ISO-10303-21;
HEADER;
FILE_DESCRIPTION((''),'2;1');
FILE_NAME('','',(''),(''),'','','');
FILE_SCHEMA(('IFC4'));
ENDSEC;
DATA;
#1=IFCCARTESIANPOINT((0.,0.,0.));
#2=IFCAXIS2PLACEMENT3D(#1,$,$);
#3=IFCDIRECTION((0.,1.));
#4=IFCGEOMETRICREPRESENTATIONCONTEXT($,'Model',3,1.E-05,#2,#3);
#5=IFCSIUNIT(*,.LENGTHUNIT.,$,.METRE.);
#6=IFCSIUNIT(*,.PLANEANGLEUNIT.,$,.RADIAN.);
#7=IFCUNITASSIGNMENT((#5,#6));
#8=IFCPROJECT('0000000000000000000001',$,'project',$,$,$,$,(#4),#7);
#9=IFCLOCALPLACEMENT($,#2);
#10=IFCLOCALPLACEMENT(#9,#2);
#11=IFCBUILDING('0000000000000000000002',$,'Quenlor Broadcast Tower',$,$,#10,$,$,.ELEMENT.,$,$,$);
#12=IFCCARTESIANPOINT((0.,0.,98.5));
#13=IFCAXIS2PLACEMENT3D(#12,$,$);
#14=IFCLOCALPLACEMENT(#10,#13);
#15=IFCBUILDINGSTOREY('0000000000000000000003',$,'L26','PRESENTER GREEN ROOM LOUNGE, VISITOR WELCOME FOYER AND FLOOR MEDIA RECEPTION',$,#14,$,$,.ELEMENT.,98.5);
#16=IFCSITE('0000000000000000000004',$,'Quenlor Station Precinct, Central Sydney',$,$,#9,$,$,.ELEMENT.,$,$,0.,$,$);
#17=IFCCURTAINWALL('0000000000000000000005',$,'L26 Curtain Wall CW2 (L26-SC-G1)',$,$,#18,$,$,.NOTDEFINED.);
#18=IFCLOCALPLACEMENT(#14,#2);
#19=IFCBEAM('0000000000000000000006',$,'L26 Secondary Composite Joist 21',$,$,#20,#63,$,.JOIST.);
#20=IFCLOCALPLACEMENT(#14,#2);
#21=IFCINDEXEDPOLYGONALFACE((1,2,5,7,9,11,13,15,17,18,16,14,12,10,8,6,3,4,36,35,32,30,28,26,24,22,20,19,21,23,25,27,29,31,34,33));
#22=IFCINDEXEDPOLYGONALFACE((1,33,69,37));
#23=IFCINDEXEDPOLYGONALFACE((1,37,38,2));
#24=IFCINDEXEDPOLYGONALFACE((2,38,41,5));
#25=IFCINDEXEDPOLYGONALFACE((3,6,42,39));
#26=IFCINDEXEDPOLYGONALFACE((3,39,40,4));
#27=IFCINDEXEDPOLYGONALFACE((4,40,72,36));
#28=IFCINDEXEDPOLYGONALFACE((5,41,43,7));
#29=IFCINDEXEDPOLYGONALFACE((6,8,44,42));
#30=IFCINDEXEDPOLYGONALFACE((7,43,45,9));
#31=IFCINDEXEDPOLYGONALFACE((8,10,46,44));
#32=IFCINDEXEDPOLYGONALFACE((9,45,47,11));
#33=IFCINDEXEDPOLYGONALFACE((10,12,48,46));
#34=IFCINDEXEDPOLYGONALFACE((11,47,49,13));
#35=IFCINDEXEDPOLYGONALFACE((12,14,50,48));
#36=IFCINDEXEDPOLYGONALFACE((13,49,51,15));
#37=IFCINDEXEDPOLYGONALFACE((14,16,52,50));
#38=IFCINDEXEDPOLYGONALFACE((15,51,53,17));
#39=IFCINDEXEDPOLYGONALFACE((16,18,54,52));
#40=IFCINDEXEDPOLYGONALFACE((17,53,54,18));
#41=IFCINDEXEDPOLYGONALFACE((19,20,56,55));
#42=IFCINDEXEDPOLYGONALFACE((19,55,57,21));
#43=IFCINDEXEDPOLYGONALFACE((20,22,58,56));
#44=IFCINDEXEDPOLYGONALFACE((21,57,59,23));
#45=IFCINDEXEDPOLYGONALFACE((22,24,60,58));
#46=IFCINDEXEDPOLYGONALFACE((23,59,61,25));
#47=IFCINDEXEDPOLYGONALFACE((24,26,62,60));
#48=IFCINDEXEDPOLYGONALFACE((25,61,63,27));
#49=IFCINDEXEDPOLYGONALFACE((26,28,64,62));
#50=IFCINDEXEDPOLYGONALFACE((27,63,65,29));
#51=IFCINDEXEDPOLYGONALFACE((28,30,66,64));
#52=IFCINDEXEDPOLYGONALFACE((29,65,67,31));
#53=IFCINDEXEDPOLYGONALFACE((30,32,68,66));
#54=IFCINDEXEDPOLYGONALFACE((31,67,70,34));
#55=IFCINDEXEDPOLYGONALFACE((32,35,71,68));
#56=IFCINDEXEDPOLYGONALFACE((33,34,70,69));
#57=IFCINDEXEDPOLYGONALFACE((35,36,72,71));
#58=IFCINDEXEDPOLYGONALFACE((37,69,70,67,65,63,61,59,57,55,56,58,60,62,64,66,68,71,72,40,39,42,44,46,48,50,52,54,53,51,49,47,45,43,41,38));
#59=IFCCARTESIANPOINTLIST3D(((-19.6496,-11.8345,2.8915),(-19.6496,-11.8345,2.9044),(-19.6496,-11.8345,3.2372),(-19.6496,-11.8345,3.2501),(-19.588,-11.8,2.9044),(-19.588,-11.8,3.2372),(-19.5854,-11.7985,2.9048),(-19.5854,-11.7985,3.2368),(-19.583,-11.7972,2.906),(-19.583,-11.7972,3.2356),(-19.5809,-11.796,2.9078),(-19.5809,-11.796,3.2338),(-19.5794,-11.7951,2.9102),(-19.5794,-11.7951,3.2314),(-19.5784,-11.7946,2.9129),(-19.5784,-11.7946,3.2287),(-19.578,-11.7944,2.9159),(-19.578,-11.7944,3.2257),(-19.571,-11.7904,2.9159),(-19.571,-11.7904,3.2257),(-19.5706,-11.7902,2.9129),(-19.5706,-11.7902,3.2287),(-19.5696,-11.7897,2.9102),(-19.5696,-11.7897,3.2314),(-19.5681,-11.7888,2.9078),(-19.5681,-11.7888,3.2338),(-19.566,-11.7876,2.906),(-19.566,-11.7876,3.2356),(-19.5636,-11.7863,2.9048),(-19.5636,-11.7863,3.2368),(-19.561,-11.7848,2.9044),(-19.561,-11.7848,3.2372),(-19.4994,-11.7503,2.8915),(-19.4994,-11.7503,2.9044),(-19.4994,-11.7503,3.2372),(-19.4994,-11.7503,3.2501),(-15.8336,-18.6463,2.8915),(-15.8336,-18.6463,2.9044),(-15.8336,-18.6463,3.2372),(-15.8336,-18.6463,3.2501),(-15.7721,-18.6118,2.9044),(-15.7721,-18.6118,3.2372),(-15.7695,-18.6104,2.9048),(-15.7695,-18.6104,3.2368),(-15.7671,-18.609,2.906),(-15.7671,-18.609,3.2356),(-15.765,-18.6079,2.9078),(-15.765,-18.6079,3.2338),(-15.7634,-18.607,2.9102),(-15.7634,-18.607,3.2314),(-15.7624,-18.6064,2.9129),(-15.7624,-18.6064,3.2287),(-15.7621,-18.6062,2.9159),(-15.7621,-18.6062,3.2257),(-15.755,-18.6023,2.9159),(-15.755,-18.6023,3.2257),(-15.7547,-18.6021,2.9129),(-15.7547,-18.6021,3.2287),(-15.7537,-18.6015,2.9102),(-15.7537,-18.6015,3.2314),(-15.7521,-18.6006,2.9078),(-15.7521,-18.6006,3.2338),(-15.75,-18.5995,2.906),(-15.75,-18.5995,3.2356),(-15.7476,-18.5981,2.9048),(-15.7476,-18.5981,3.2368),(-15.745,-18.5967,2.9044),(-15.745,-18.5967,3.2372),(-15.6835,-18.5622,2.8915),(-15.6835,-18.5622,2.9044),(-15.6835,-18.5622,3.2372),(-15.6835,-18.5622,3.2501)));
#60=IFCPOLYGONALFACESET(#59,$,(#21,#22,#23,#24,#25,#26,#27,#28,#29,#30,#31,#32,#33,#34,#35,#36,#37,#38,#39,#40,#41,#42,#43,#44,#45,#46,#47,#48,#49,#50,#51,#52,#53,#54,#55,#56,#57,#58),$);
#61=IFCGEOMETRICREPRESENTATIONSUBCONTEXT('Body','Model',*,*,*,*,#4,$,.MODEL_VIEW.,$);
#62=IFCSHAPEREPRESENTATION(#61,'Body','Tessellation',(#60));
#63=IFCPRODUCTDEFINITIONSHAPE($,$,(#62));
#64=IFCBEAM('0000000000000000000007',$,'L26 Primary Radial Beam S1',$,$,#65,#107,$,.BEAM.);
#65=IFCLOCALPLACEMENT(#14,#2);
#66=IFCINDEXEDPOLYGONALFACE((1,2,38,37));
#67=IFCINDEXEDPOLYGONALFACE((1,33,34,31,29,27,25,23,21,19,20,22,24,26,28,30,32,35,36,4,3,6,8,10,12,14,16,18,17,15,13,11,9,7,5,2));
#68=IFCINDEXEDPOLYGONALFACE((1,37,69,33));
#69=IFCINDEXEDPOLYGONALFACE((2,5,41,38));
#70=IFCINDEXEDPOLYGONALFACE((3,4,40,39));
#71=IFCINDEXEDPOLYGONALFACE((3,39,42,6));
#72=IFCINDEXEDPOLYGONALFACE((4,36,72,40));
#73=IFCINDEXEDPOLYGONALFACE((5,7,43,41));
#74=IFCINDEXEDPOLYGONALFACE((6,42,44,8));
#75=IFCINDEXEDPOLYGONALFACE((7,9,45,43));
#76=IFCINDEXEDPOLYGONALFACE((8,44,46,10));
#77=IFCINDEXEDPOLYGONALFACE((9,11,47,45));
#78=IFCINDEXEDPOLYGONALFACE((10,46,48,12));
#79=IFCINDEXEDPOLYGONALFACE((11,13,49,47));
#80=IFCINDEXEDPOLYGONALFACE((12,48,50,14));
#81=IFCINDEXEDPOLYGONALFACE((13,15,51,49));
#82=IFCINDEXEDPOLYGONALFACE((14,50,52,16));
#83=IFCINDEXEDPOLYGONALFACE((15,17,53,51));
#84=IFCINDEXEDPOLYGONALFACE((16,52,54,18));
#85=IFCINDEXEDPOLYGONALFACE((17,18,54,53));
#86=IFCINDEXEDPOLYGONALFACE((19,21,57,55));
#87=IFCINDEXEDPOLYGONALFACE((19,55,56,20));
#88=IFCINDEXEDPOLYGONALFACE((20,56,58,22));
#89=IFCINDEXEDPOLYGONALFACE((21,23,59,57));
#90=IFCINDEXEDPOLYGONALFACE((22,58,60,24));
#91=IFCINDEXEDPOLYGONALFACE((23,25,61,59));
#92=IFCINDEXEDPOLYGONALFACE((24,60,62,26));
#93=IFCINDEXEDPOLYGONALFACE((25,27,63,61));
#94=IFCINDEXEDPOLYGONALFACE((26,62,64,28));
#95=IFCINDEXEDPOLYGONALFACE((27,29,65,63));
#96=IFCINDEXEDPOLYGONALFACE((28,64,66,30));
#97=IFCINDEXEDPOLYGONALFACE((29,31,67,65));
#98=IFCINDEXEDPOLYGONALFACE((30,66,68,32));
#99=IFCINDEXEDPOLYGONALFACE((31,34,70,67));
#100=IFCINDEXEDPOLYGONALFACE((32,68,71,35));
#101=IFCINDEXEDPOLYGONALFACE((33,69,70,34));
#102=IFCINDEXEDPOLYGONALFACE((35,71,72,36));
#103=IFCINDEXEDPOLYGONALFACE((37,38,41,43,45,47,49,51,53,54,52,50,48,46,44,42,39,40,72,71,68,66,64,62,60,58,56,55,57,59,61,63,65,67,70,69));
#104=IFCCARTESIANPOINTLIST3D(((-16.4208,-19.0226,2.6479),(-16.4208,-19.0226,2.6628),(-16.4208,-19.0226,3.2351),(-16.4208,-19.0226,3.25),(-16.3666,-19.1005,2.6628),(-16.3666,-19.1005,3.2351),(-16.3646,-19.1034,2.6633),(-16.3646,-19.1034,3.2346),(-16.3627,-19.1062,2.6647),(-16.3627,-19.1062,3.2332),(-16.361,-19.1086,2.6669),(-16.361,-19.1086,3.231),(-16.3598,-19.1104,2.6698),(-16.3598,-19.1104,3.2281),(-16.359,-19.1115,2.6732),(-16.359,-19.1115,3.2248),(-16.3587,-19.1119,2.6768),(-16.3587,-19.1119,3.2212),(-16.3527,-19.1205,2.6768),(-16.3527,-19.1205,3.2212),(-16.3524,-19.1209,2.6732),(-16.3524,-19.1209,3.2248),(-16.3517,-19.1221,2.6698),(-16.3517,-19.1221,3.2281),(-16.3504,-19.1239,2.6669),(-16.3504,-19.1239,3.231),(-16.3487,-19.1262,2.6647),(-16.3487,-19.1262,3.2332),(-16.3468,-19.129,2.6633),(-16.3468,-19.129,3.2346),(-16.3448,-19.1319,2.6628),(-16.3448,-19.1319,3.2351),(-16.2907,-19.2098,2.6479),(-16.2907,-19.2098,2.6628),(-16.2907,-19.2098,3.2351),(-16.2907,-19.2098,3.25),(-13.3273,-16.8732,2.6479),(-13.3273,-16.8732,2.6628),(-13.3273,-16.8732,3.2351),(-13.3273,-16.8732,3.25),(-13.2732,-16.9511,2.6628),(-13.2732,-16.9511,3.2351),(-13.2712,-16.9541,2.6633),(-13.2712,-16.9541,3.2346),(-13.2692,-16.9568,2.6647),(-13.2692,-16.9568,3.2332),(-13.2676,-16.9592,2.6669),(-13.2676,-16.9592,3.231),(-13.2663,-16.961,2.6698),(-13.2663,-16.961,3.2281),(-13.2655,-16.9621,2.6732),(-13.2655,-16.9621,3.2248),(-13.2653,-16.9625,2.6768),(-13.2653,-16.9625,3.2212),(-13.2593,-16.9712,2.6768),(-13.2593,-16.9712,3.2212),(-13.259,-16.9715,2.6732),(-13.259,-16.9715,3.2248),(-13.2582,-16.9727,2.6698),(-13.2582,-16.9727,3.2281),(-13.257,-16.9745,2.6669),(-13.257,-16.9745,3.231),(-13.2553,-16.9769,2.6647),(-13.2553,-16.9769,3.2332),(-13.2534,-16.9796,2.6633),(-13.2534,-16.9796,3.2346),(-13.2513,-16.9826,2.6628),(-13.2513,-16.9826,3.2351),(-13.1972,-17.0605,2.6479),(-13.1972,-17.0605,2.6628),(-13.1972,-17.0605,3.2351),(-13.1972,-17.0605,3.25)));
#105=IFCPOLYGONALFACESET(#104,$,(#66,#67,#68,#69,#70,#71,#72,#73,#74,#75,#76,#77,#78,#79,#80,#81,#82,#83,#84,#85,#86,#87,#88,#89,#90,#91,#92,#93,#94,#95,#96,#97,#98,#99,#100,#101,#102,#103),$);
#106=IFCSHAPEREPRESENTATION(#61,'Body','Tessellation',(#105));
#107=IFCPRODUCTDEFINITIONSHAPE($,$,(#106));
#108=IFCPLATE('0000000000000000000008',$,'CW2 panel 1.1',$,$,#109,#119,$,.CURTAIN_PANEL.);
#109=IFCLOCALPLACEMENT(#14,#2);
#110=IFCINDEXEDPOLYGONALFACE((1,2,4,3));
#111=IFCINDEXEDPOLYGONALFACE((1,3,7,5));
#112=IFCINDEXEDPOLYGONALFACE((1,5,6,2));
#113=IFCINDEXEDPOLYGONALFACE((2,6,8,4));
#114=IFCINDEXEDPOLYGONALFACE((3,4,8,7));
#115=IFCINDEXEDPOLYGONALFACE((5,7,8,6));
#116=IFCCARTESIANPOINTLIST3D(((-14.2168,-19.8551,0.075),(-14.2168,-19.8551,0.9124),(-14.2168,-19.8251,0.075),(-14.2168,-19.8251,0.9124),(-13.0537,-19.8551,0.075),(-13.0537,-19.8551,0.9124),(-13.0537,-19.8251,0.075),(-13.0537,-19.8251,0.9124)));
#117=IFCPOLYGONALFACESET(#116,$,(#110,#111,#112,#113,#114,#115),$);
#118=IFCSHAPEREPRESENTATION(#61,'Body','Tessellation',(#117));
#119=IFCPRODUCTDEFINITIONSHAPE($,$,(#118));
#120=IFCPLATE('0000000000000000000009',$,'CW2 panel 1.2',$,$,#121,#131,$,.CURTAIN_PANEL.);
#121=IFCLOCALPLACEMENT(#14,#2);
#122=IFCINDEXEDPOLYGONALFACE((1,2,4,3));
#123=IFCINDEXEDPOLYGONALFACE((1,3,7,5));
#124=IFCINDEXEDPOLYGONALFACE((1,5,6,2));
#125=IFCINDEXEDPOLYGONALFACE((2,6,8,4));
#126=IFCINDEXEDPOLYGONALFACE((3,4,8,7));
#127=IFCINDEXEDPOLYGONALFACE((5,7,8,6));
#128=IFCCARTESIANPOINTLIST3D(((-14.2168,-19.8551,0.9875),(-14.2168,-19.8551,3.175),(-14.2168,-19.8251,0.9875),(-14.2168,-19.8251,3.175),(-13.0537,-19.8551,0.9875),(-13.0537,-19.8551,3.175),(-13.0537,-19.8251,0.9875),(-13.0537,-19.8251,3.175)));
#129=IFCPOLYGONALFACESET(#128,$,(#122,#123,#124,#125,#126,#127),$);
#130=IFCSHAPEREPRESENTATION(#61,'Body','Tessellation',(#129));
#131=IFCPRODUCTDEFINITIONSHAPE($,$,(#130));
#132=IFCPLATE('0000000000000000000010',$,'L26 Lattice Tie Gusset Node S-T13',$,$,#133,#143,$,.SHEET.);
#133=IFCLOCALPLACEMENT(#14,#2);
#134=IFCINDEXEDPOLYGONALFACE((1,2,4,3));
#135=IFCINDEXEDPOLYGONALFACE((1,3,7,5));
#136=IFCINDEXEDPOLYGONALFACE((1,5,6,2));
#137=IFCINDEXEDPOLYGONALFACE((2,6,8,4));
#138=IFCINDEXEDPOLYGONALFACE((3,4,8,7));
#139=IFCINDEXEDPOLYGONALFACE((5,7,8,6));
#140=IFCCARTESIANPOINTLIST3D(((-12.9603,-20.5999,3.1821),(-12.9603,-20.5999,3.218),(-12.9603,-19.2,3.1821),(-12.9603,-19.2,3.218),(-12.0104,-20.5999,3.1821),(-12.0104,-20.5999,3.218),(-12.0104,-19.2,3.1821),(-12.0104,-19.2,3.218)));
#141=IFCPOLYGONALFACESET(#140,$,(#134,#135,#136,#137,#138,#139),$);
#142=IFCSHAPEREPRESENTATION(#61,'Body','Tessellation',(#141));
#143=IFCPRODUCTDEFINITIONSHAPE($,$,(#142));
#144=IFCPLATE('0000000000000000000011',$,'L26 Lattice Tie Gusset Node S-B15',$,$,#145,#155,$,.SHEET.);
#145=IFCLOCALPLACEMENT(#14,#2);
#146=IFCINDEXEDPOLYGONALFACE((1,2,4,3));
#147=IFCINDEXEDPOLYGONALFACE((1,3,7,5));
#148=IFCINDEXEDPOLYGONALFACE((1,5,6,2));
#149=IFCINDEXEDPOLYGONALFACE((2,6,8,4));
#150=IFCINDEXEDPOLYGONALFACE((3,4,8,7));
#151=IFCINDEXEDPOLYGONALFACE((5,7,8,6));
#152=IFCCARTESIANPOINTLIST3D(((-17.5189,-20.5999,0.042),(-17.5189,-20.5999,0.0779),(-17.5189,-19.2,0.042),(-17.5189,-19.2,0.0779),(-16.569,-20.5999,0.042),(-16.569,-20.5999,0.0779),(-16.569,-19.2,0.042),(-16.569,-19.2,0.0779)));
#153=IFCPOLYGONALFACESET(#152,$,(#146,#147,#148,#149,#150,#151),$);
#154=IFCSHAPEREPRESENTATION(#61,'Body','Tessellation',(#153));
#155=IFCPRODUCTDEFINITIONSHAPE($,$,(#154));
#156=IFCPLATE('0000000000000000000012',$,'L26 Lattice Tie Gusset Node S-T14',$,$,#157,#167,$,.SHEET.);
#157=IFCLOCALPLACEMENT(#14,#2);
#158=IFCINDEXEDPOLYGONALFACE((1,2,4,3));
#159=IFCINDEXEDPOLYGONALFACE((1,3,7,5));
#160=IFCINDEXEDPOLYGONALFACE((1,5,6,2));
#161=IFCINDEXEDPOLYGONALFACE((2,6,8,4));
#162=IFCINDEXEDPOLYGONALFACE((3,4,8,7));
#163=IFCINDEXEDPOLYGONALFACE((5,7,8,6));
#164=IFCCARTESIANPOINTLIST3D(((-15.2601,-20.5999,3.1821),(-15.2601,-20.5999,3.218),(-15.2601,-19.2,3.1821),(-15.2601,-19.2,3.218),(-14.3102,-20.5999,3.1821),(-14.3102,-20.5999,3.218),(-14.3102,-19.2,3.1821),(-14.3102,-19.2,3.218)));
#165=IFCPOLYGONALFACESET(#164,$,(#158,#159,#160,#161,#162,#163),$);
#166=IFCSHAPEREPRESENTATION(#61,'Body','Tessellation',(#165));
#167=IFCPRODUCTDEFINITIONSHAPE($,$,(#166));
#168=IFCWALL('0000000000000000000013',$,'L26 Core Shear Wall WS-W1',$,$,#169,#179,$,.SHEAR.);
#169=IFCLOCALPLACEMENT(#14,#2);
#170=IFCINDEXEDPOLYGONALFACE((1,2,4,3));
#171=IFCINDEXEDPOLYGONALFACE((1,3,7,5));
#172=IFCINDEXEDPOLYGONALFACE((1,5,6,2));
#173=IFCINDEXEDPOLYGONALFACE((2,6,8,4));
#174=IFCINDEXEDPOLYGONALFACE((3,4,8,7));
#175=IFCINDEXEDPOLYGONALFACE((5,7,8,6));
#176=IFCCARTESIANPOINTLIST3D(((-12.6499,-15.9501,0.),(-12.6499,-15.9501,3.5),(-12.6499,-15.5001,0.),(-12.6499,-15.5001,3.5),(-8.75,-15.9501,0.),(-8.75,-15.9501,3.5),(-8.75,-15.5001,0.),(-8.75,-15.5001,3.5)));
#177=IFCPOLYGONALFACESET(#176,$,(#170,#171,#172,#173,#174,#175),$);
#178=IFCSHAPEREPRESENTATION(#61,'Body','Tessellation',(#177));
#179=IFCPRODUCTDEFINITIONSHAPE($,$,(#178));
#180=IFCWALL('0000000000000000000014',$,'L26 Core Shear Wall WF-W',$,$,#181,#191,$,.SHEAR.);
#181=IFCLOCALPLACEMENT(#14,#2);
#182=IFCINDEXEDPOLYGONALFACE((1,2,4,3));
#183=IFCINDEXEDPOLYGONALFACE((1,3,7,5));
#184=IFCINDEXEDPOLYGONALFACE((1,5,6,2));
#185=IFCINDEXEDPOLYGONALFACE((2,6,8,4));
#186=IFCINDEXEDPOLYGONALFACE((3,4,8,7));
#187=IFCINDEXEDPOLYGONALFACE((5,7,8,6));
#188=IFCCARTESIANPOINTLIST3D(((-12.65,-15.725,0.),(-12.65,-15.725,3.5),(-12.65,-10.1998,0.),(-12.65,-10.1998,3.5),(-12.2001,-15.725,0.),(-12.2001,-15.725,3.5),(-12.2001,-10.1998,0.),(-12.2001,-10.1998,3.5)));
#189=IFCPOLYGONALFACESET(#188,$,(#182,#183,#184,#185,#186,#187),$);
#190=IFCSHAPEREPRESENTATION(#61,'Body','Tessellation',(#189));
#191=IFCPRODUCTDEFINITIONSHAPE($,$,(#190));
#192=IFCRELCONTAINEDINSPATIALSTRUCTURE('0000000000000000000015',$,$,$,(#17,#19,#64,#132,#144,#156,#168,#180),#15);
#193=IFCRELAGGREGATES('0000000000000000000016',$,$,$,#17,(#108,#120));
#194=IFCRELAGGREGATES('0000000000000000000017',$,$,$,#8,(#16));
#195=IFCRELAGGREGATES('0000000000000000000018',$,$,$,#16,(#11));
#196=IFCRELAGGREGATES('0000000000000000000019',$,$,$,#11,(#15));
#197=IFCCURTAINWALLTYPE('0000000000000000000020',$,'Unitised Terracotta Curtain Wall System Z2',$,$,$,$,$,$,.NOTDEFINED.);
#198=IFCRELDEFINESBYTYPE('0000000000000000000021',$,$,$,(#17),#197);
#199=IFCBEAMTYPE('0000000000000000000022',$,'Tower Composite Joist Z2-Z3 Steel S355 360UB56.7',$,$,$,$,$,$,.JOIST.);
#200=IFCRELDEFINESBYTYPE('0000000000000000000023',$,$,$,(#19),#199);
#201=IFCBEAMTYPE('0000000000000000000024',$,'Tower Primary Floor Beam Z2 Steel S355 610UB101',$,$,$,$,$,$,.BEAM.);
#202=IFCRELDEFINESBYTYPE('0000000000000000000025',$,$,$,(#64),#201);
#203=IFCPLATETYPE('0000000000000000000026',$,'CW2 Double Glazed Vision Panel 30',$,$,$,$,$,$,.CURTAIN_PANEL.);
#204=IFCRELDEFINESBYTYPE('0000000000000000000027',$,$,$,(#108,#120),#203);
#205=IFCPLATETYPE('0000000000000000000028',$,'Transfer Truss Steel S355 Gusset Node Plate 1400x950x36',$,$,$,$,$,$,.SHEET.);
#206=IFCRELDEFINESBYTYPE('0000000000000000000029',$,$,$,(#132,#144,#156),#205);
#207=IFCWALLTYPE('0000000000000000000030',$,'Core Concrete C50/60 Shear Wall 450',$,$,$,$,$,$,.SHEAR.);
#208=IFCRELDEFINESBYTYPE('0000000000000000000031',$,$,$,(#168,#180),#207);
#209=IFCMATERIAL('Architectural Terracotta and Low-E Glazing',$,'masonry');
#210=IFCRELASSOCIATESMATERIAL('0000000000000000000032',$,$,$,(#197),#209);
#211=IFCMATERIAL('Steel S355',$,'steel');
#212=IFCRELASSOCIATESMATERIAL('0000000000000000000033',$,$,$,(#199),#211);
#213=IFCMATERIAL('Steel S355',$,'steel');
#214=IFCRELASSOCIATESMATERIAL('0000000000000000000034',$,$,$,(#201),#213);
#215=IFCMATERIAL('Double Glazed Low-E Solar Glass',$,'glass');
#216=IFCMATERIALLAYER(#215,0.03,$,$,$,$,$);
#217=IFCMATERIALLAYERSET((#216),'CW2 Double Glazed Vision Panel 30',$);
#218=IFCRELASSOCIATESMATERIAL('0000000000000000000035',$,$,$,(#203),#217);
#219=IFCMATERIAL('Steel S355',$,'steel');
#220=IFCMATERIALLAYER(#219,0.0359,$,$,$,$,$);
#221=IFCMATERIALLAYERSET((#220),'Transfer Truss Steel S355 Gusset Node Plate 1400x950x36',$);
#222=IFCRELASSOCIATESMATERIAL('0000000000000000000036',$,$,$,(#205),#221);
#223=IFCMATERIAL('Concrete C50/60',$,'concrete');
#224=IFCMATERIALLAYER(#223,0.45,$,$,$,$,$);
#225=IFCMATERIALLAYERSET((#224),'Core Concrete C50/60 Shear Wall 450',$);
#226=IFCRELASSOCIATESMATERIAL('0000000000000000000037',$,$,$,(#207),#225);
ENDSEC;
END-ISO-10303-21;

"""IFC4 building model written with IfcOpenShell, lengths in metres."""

from ifc_helpers import new_model, si_unit, direction, frame, frame_2d, origin, origin_2d, place, context, subcontext, project, spatial, rectangle, i_section, extrude, material, layer, layer_set, material_profile, profile_set, type_object, element, aggregate, save


model = new_model("IFC4")

# Units and contexts
model_context = context("Model", 3, precision=1e-05, world=origin(), true_north=direction((0.0, 1.0)))
body_context = subcontext(model_context, "Body", "Model", "MODEL_VIEW")
ifc_project = project(units=[si_unit("LENGTHUNIT", "METRE"), si_unit("PLANEANGLEUNIT", "RADIAN")], contexts=[model_context])

# Site, building, storey
site_placement = place(None, origin())
site = spatial("IfcSite", under=ifc_project, at=site_placement, Name="Quenlor Station Precinct, Central Sydney", CompositionType="ELEMENT", RefElevation=0.0)
building_placement = place(site_placement, origin())
building = spatial("IfcBuilding", under=site, at=building_placement, Name="Quenlor Broadcast Tower", CompositionType="ELEMENT")
storey_placement = place(building_placement, frame((0.0, 0.0, 98.5)))
storey = spatial("IfcBuildingStorey", under=building, at=storey_placement, Name="L26", Description="PRESENTER GREEN ROOM LOUNGE, VISITOR WELCOME FOYER AND FLOOR MEDIA RECEPTION", CompositionType="ELEMENT", Elevation=98.5)

# Curtain wall
ifc_material_1 = material(Name="Architectural Terracotta and Low-E Glazing", Category="masonry")
curtain_wall_type = type_object("IfcCurtainWallType", Name="Unitised Terracotta Curtain Wall System Z2", PredefinedType="NOTDEFINED", material=ifc_material_1)
curtain_wall_placement = place(storey_placement, origin())
curtain_wall = element("IfcCurtainWall", 1, at=curtain_wall_placement, inside=storey, type_object=curtain_wall_type, Name="L26 Curtain Wall CW2 (L26-SC-G1)", PredefinedType="NOTDEFINED")

# Beams
ifc_material_2 = material(Name="Steel S355", Category="steel")
ifc_material_profile_1 = material_profile(ifc_material_2, i_section(OverallWidth=0.1721, OverallDepth=0.3586, WebThickness=0.0081, FlangeThickness=0.0129, FilletRadius=0.0115, at=origin_2d()))
ifc_profile_set_1 = profile_set([ifc_material_profile_1], Name="Steel S355 360UB56.7")
beam_type_1 = type_object("IfcBeamType", Name="Tower Composite Joist Z2-Z3 Steel S355 360UB56.7", PredefinedType="JOIST", material=ifc_profile_set_1)
beam_1_placement = place(storey_placement, frame((-15.7585, -18.6042, 3.0708), z_axis=(-0.488733, 0.872433, 0.0), x_axis=(-0.872433, -0.488733, 0.0)))
element("IfcBeam", 2, at=beam_1_placement, inside=storey, type_object=beam_type_1, Name="L26 Secondary Composite Joist 21", PredefinedType="JOIST", context=body_context, shape_type="SweptSolid", body=[
    extrude(i_section(OverallWidth=0.1721, OverallDepth=0.3586, WebThickness=0.0081, FlangeThickness=0.0129, FilletRadius=0.0115, at=origin_2d()), origin(), (0.0, 0.0, 1.0), 7.8079),
])
ifc_material_3 = material(Name="Steel S355", Category="steel")
ifc_material_profile_2 = material_profile(ifc_material_3, i_section(OverallWidth=0.228, OverallDepth=0.6021, WebThickness=0.0105, FlangeThickness=0.0149, FilletRadius=0.0139, at=origin_2d()))
ifc_profile_set_2 = profile_set([ifc_material_profile_2], Name="Steel S355 610UB101")
beam_type_2 = type_object("IfcBeamType", Name="Tower Primary Floor Beam Z2 Steel S355 610UB101", PredefinedType="BEAM", material=ifc_profile_set_2)
beam_2_placement = place(storey_placement, frame((-16.3557, -19.1162, 2.949), z_axis=(0.821227, 0.570601, 0.0), x_axis=(-0.570601, 0.821227, 0.0)))
element("IfcBeam", 3, at=beam_2_placement, inside=storey, type_object=beam_type_2, Name="L26 Primary Radial Beam S1", PredefinedType="BEAM", context=body_context, shape_type="SweptSolid", body=[
    extrude(i_section(OverallWidth=0.228, OverallDepth=0.6021, WebThickness=0.0105, FlangeThickness=0.0149, FilletRadius=0.0139, at=origin_2d()), origin(), (0.0, 0.0, 1.0), 3.7668),
])

# Plates
ifc_material_4 = material(Name="Double Glazed Low-E Solar Glass", Category="glass")
ifc_layer_1 = layer(ifc_material_4, 0.03)
ifc_layer_set_1 = layer_set([ifc_layer_1], Name="CW2 Double Glazed Vision Panel 30")
plate_type_1 = type_object("IfcPlateType", Name="CW2 Double Glazed Vision Panel 30", PredefinedType="CURTAIN_PANEL", material=ifc_layer_set_1)
plate_1_placement = place(storey_placement, frame((-13.6353, -19.8401, 0.075), z_axis=(0.0, 0.0, 1.0), x_axis=(-1.0, 0.0, 0.0)))
plate_1 = element("IfcPlate", 4, at=plate_1_placement, type_object=plate_type_1, Name="CW2 panel 1.1", PredefinedType="CURTAIN_PANEL", context=body_context, shape_type="SweptSolid", body=[
    extrude(rectangle(XDim=1.1631, YDim=0.03, at=origin_2d()), origin(), (0.0, 0.0, 1.0), 0.8374),
])
plate_2_placement = place(storey_placement, frame((-13.6353, -19.8401, 0.9875), z_axis=(0.0, 0.0, 1.0), x_axis=(-1.0, 0.0, 0.0)))
plate_2 = element("IfcPlate", 5, at=plate_2_placement, type_object=plate_type_1, Name="CW2 panel 1.2", PredefinedType="CURTAIN_PANEL", context=body_context, shape_type="SweptSolid", body=[
    extrude(rectangle(XDim=1.1631, YDim=0.03, at=origin_2d()), origin(), (0.0, 0.0, 1.0), 2.1875),
])
aggregate(curtain_wall, [plate_1, plate_2])

# Plates
ifc_material_5 = material(Name="Steel S355", Category="steel")
ifc_layer_2 = layer(ifc_material_5, 0.0359)
ifc_layer_set_2 = layer_set([ifc_layer_2], Name="Transfer Truss Steel S355 Gusset Node Plate 1400x950x36")
plate_type_2 = type_object("IfcPlateType", Name="Transfer Truss Steel S355 Gusset Node Plate 1400x950x36", PredefinedType="SHEET", material=ifc_layer_set_2)
for number, where, z_axis, x_axis, name in (
    (6, (-12.4854, -19.8999, 3.1821), (0.0, 0.0, 1.0), (0.0, -1.0, 0.0), "L26 Lattice Tie Gusset Node S-T13"),
    (7, (-17.0439, -19.8999, 0.042), (0.0, 0.0, 1.0), (0.0, -1.0, 0.0), "L26 Lattice Tie Gusset Node S-B15"),
    (8, (-14.7852, -19.8999, 3.1821), (0.0, 0.0, 1.0), (0.0, -1.0, 0.0), "L26 Lattice Tie Gusset Node S-T14"),
):
    element("IfcPlate", number, at=place(storey_placement, frame(where, z_axis=z_axis, x_axis=x_axis)), inside=storey, type_object=plate_type_2, Name=name, PredefinedType="SHEET", context=body_context, shape_type="SweptSolid", body=[
        extrude(rectangle(XDim=1.3999, YDim=0.95, at=origin_2d()), origin(), (0.0, 0.0, 1.0), 0.0359),
    ])

# Walls
ifc_material_6 = material(Name="Concrete C50/60", Category="concrete")
ifc_layer_3 = layer(ifc_material_6, 0.45)
ifc_layer_set_3 = layer_set([ifc_layer_3], Name="Core Concrete C50/60 Shear Wall 450")
wall_type_1 = type_object("IfcWallType", Name="Core Concrete C50/60 Shear Wall 450", PredefinedType="SHEAR", material=ifc_layer_set_3)
wall_1_placement = place(storey_placement, frame((-12.6499, -15.7251, 0.0), z_axis=(0.0, 0.0, 1.0), x_axis=(1.0, 0.0, 0.0)))
element("IfcWall", 9, at=wall_1_placement, inside=storey, type_object=wall_type_1, Name="L26 Core Shear Wall WS-W1", PredefinedType="SHEAR", context=body_context, shape_type="SweptSolid", body=[
    extrude(rectangle(XDim=3.8999, YDim=0.45, at=frame_2d((1.95, 0.0))), origin(), (0.0, 0.0, 1.0), 3.5),
])
wall_2_placement = place(storey_placement, frame((-12.425, -15.7251, 0.0), z_axis=(0.0, 0.0, 1.0), x_axis=(0.0, 1.0, 0.0)))
element("IfcWall", 10, at=wall_2_placement, inside=storey, type_object=wall_type_1, Name="L26 Core Shear Wall WF-W", PredefinedType="SHEAR", context=body_context, shape_type="SweptSolid", body=[
    extrude(rectangle(XDim=5.5251, YDim=0.45, at=frame_2d((2.7627, 0.0))), origin(), (0.0, 0.0, 1.0), 3.5),
])

save(model, "model.ifc")
